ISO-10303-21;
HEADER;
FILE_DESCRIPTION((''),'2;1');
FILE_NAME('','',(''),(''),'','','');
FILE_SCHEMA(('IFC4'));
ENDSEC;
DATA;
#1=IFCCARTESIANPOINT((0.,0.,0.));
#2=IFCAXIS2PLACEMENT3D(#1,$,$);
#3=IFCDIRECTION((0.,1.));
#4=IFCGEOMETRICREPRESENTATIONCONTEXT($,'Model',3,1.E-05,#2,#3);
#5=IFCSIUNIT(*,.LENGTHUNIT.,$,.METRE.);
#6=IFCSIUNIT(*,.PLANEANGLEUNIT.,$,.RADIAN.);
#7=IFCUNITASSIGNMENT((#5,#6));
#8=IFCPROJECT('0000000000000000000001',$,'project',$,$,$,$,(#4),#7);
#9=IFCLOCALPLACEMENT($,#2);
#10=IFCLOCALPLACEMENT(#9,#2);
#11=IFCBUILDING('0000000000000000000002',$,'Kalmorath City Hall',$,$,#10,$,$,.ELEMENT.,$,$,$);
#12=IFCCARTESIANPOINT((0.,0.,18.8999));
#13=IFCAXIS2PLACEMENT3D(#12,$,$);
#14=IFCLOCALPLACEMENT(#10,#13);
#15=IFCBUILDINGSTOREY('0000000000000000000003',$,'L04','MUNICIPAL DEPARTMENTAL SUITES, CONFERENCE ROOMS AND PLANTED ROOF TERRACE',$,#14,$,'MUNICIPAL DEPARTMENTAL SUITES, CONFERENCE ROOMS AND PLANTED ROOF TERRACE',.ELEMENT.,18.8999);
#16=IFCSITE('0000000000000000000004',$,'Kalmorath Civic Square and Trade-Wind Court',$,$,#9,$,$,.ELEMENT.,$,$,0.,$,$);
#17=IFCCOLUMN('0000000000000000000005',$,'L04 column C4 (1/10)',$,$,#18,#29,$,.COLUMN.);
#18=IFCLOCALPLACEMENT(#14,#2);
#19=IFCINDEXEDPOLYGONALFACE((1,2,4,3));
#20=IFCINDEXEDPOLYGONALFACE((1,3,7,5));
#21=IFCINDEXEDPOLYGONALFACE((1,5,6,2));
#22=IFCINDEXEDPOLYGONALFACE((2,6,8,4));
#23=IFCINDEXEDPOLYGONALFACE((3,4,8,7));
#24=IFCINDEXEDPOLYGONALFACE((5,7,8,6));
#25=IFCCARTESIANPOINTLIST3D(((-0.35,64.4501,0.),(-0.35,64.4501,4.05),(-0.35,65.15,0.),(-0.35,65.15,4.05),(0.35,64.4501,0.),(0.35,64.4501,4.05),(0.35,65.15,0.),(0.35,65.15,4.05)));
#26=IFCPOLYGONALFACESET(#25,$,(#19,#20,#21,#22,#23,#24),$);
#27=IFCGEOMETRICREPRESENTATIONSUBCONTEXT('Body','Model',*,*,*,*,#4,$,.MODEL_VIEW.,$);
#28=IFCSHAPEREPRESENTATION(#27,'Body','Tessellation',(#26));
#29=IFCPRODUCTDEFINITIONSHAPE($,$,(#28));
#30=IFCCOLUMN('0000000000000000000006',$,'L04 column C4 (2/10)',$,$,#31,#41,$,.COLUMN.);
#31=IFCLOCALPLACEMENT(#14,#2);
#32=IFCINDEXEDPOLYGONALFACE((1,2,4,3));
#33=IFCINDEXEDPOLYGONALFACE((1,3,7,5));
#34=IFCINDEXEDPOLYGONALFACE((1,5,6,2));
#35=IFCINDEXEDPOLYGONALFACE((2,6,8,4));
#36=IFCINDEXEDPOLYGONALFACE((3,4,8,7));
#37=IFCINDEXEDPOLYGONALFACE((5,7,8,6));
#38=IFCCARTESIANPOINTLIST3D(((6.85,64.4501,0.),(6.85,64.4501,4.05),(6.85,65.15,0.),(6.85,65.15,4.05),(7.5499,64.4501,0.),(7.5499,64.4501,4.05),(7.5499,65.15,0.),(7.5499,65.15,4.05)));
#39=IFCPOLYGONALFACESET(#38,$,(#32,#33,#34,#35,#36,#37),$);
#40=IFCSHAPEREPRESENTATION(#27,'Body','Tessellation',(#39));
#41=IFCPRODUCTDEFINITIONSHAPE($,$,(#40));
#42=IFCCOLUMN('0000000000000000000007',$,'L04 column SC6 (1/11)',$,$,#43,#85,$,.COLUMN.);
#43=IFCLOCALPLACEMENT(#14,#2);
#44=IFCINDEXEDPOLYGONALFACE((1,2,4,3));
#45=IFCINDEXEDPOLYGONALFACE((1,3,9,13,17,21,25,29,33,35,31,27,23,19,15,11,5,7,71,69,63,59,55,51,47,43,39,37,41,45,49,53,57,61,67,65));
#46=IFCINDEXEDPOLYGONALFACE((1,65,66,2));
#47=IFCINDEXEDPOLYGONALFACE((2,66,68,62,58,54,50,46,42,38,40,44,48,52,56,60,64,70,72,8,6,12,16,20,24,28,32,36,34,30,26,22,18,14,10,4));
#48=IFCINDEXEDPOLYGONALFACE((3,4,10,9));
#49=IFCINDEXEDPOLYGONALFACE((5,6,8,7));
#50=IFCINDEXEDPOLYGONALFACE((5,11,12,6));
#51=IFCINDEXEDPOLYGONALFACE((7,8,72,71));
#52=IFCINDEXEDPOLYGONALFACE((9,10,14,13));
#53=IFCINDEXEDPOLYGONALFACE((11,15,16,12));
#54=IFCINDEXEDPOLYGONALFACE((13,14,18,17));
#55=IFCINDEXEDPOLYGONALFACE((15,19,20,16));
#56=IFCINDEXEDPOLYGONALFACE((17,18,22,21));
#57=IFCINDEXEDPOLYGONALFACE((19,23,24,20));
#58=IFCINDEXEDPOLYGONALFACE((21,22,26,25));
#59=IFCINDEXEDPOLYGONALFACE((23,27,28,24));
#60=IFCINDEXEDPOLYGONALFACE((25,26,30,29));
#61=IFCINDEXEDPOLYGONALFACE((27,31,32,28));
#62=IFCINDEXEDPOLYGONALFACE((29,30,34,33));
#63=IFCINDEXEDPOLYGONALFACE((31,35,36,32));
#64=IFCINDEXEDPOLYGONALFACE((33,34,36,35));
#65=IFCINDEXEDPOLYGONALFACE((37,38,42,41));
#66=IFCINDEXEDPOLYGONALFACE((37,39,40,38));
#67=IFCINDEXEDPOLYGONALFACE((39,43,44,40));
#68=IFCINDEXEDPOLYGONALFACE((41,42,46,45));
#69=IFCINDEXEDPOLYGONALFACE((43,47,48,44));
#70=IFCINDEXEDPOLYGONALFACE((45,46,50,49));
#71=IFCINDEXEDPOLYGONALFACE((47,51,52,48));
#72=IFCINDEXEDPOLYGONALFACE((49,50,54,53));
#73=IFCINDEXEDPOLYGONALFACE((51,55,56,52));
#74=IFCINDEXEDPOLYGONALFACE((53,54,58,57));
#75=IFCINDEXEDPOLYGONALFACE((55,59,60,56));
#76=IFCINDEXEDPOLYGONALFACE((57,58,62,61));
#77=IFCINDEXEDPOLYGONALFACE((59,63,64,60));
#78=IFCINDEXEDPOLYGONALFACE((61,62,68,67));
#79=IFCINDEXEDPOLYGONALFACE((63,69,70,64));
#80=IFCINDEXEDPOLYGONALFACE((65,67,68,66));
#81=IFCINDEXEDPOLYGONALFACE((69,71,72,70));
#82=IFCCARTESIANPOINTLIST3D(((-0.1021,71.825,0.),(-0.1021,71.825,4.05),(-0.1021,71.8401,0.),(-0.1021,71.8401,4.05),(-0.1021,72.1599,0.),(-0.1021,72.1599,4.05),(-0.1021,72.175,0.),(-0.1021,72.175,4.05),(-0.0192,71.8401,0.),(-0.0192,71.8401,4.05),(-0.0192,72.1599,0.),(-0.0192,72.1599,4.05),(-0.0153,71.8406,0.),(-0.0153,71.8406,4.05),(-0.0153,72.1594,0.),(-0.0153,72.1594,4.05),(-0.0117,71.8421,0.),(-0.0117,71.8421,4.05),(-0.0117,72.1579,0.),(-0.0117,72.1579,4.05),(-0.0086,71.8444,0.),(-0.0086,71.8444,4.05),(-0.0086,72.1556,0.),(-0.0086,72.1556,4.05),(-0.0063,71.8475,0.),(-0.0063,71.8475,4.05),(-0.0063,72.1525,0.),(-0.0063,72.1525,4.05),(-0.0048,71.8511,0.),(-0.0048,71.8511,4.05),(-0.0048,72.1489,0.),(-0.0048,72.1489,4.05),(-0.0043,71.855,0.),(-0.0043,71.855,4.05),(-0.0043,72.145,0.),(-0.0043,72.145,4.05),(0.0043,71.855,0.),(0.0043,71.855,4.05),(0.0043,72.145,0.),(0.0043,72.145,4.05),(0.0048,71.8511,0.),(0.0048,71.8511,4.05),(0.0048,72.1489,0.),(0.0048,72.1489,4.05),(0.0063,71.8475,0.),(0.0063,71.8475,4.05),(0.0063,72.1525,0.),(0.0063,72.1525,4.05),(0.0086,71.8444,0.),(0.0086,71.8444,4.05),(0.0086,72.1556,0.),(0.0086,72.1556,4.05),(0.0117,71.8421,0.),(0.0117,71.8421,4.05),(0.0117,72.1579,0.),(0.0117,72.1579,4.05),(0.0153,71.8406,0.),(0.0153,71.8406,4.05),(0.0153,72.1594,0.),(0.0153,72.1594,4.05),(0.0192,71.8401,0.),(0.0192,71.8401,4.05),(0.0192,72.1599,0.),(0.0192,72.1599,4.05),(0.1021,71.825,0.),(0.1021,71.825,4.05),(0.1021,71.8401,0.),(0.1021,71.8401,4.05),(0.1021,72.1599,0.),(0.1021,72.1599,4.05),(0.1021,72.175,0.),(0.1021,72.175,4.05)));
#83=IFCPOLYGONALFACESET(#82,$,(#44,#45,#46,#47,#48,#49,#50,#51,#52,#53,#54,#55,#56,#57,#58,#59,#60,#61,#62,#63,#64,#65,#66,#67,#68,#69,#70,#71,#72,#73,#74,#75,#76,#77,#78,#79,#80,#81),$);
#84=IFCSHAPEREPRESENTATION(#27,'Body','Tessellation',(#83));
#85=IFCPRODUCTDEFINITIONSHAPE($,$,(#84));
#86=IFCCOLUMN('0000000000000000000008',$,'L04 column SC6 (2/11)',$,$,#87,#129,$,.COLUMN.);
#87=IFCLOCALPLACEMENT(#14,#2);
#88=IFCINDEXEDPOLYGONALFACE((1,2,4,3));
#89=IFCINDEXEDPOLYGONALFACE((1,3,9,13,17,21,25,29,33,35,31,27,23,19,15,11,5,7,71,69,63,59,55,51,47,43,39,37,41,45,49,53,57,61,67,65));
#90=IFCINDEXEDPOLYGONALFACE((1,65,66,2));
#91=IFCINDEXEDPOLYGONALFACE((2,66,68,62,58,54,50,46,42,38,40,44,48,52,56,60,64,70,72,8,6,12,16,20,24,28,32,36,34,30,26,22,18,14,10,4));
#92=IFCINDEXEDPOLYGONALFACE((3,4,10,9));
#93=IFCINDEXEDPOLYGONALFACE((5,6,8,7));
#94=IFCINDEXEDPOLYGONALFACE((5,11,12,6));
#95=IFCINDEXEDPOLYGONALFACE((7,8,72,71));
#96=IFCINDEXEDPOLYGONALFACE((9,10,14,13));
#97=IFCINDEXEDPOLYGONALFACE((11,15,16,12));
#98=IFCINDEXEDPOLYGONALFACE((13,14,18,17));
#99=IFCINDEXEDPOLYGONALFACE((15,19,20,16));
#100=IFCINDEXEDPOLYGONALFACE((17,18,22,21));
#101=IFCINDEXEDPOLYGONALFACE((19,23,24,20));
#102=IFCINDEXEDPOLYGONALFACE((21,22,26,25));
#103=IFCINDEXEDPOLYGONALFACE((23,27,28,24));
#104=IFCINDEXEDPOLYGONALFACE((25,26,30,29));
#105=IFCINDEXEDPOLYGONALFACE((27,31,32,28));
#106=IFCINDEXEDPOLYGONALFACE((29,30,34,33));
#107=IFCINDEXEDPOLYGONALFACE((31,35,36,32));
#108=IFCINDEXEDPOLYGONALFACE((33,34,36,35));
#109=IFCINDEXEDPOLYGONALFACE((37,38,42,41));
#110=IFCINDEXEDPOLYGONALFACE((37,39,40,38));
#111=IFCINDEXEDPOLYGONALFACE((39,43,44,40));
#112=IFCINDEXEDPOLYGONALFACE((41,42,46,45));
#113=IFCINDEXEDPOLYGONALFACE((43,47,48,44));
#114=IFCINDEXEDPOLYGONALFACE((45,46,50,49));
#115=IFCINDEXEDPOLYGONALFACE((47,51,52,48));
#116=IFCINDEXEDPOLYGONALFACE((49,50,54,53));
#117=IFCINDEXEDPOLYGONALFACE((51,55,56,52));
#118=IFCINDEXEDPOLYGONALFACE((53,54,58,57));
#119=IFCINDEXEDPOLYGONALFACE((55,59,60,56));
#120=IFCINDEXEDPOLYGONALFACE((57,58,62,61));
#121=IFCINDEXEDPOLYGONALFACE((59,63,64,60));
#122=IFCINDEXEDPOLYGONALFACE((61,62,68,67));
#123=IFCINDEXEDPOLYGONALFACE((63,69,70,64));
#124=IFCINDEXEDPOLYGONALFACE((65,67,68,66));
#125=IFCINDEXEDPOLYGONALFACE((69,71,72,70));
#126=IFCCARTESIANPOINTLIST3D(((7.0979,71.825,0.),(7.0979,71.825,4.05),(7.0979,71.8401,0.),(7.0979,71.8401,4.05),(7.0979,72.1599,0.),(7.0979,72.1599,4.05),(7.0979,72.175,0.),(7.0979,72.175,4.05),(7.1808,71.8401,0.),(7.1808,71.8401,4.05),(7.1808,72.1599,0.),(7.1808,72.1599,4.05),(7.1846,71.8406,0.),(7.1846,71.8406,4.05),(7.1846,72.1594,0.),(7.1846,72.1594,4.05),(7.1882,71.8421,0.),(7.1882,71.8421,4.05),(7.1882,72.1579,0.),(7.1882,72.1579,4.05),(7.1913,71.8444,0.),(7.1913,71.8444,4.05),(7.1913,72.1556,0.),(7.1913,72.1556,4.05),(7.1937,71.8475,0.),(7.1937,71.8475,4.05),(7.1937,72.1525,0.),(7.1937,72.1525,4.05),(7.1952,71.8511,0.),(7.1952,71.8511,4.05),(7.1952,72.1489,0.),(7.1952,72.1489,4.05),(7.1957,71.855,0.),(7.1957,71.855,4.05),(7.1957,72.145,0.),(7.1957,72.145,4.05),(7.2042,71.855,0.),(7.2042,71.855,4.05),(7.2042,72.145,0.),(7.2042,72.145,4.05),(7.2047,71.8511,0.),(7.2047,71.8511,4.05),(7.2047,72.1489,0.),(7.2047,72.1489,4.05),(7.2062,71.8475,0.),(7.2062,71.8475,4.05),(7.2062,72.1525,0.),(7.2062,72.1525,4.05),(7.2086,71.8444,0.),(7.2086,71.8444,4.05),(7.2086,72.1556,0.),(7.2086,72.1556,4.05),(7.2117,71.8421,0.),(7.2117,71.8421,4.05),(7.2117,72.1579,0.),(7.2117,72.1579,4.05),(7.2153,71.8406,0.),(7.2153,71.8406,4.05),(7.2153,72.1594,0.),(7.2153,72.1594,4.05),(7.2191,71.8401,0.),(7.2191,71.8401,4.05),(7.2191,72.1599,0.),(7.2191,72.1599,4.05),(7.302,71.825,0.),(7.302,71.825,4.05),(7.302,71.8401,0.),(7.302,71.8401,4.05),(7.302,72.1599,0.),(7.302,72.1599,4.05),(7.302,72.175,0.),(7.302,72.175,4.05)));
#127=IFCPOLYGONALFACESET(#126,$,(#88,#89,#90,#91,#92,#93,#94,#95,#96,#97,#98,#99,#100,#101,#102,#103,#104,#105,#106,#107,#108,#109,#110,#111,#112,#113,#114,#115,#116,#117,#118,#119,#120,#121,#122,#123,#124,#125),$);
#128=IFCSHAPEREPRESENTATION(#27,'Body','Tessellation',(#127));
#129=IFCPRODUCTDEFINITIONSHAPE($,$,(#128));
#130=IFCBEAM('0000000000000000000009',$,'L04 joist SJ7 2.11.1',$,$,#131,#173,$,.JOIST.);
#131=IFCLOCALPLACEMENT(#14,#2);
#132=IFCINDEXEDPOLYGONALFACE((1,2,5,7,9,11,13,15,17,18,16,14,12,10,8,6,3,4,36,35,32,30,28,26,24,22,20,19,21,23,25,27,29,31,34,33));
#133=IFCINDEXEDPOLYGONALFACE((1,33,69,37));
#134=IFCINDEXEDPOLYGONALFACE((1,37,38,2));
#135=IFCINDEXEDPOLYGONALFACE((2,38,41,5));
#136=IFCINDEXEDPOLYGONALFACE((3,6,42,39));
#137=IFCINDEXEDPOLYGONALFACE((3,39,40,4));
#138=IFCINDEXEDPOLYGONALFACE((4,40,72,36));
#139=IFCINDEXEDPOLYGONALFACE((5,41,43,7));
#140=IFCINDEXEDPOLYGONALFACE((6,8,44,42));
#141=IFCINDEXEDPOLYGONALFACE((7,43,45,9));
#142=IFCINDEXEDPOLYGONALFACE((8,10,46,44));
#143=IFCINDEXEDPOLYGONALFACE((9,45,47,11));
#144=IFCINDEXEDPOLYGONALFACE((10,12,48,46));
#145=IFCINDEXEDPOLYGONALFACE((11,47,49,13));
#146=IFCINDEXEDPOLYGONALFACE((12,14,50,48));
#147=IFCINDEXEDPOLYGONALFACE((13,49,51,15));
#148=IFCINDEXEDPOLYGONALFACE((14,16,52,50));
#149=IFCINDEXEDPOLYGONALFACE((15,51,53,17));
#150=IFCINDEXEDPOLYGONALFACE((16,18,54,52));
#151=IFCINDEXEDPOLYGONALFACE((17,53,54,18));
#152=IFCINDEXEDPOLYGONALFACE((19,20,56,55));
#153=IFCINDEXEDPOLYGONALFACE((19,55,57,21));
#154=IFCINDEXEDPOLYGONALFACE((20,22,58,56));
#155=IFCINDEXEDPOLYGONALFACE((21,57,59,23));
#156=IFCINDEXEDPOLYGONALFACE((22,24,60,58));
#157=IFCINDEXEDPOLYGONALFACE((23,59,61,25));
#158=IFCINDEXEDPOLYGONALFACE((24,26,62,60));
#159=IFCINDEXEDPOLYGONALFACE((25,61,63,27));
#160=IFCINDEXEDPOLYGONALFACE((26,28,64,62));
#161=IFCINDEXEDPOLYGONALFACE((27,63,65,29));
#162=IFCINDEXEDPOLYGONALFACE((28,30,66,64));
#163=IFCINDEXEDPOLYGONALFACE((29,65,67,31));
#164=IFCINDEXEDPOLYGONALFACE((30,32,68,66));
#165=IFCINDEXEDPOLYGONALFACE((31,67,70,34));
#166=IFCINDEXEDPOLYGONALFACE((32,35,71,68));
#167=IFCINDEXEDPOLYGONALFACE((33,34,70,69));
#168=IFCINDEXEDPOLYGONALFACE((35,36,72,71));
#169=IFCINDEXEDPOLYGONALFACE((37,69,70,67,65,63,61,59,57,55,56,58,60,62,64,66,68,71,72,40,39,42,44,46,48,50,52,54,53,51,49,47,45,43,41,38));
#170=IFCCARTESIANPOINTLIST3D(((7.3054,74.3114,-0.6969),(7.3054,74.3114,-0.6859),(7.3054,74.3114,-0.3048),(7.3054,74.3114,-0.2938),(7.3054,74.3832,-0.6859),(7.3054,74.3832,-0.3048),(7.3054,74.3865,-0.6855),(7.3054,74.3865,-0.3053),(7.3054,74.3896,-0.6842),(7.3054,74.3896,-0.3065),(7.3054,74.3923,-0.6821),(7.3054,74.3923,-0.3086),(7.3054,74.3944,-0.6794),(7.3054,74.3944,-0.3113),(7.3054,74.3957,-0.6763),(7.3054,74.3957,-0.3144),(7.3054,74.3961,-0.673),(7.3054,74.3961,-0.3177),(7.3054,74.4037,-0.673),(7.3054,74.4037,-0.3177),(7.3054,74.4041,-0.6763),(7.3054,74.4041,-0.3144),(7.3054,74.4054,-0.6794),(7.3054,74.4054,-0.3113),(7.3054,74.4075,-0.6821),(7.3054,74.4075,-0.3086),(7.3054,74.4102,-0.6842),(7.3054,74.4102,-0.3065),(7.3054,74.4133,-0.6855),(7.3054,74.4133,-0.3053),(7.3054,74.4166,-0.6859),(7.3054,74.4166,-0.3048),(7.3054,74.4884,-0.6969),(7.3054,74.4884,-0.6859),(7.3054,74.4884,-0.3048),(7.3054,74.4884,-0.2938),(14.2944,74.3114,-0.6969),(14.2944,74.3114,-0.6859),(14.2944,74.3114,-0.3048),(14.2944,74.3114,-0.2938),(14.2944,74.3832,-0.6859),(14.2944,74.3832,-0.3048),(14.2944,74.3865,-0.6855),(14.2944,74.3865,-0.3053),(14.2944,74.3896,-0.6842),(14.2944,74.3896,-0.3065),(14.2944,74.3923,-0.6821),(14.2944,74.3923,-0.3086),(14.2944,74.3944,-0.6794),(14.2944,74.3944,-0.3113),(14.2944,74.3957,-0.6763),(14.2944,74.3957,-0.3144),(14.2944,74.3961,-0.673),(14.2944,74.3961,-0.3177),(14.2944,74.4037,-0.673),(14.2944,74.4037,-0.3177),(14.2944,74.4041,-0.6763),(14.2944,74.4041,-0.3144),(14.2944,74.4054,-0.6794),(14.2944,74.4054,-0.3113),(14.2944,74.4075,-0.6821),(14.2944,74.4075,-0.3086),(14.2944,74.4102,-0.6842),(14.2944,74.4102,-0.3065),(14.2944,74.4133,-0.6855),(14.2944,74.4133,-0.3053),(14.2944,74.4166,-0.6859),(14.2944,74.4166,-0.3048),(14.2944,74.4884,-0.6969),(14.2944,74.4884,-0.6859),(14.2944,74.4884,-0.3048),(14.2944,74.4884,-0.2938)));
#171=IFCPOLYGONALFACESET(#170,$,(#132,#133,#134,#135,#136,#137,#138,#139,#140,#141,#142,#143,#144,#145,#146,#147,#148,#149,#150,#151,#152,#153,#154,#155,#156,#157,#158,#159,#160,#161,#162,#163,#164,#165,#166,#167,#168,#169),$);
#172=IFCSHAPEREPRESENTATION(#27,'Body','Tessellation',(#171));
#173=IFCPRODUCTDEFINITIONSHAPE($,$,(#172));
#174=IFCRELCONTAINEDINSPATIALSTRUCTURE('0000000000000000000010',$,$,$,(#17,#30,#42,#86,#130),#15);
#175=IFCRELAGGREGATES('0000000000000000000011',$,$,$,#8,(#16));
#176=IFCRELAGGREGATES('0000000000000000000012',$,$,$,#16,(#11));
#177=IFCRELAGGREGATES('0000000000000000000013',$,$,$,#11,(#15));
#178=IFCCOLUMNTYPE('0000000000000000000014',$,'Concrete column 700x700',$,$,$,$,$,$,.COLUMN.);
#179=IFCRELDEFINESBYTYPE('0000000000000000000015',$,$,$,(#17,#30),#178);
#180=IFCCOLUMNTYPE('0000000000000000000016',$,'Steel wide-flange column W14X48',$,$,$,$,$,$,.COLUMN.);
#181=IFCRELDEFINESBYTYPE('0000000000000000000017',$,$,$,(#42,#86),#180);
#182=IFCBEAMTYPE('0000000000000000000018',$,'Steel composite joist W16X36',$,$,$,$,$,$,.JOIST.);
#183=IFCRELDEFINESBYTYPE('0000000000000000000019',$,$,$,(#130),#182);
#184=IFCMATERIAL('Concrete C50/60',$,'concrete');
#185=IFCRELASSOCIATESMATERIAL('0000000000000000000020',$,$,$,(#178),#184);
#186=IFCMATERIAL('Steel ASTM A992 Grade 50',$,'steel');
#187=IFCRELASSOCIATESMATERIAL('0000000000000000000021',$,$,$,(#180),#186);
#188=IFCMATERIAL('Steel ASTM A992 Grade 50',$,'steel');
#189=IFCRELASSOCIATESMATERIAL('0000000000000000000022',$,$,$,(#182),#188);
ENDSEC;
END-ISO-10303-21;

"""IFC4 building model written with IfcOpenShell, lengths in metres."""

from ifc_helpers import new_model, si_unit, direction, frame, origin, origin_2d, place, context, subcontext, project, spatial, rectangle, i_section, extrude, material, material_profile, profile_set, type_object, element, save


model = new_model("IFC4")

# Units and contexts
model_context = context("Model", 3, precision=1e-05, world=origin(), true_north=direction((0.0, 1.0)))
body_context = subcontext(model_context, "Body", "Model", "MODEL_VIEW")
ifc_project = project(units=[si_unit("LENGTHUNIT", "METRE"), si_unit("PLANEANGLEUNIT", "RADIAN")], contexts=[model_context])

# Site, building, storey
site_placement = place(None, origin())
site = spatial("IfcSite", under=ifc_project, at=site_placement, Name="Kalmorath Civic Square and Trade-Wind Court", CompositionType="ELEMENT", RefElevation=0.0)
building_placement = place(site_placement, origin())
building = spatial("IfcBuilding", under=site, at=building_placement, Name="Kalmorath City Hall", CompositionType="ELEMENT")
storey_placement = place(building_placement, frame((0.0, 0.0, 18.8999)))
storey = spatial("IfcBuildingStorey", under=building, at=storey_placement, Name="L04", Description="MUNICIPAL DEPARTMENTAL SUITES, CONFERENCE ROOMS AND PLANTED ROOF TERRACE", LongName="MUNICIPAL DEPARTMENTAL SUITES, CONFERENCE ROOMS AND PLANTED ROOF TERRACE", CompositionType="ELEMENT", Elevation=18.8999)

# Columns
ifc_material_1 = material(Name="Concrete C50/60", Category="concrete")
ifc_material_profile_1 = material_profile(ifc_material_1, rectangle(XDim=0.7, YDim=0.7, at=origin_2d()), Name="RC-COL-700X700")
ifc_profile_set_1 = profile_set([ifc_material_profile_1], Name="Concrete C50/60")
column_type_1 = type_object("IfcColumnType", Name="Concrete column 700x700", PredefinedType="COLUMN", material=ifc_profile_set_1)
for number, where, z_axis, x_axis, name in (
    (1, (0.0, 64.8, 0.0), (0.0, 0.0, 1.0), (1.0, 0.0, 0.0), "L04 column C4 (1/10)"),
    (2, (7.2, 64.8, 0.0), (0.0, 0.0, 1.0), (1.0, 0.0, 0.0), "L04 column C4 (2/10)"),
):
    element("IfcColumn", number, at=place(storey_placement, frame(where, z_axis=z_axis, x_axis=x_axis)), inside=storey, type_object=column_type_1, Name=name, PredefinedType="COLUMN", context=body_context, shape_type="SweptSolid", body=[
        extrude(rectangle(XDim=0.7, YDim=0.7, at=origin_2d()), origin(), (0.0, 0.0, 1.0), 4.05),
    ])
ifc_material_2 = material(Name="Steel ASTM A992 Grade 50", Category="steel")
ifc_material_profile_2 = material_profile(ifc_material_2, i_section(OverallWidth=0.2041, OverallDepth=0.3501, WebThickness=0.0085, FlangeThickness=0.0151, FilletRadius=0.0149, at=origin_2d()), Name="W14X48")
ifc_profile_set_2 = profile_set([ifc_material_profile_2], Name="Steel ASTM A992 Grade 50")
column_type_2 = type_object("IfcColumnType", Name="Steel wide-flange column W14X48", PredefinedType="COLUMN", material=ifc_profile_set_2)
for number, where, z_axis, x_axis, name in (
    (3, (0.0, 72.0, 0.0), (0.0, 0.0, 1.0), (1.0, 0.0, 0.0), "L04 column SC6 (1/11)"),
    (4, (7.2, 72.0, 0.0), (0.0, 0.0, 1.0), (1.0, 0.0, 0.0), "L04 column SC6 (2/11)"),
):
    element("IfcColumn", number, at=place(storey_placement, frame(where, z_axis=z_axis, x_axis=x_axis)), inside=storey, type_object=column_type_2, Name=name, PredefinedType="COLUMN", context=body_context, shape_type="SweptSolid", body=[
        extrude(i_section(OverallWidth=0.2041, OverallDepth=0.3501, WebThickness=0.0085, FlangeThickness=0.0151, FilletRadius=0.0149, at=origin_2d()), origin(), (0.0, 0.0, 1.0), 4.05),
    ])

# Beam
ifc_material_3 = material(Name="Steel ASTM A992 Grade 50", Category="steel")
ifc_material_profile_3 = material_profile(ifc_material_3, i_section(OverallWidth=0.177, OverallDepth=0.4031, WebThickness=0.0076, FlangeThickness=0.011, FilletRadius=0.0129, at=origin_2d()), Name="W16X36")
ifc_profile_set_3 = profile_set([ifc_material_profile_3], Name="Steel ASTM A992 Grade 50")
beam_type_1 = type_object("IfcBeamType", Name="Steel composite joist W16X36", PredefinedType="JOIST", material=ifc_profile_set_3)
beam_1_placement = place(storey_placement, frame((7.3054, 74.3999, -0.4954), z_axis=(1.0, 0.0, 0.0), x_axis=(0.0, 1.0, 0.0)))
element("IfcBeam", 5, at=beam_1_placement, inside=storey, type_object=beam_type_1, Name="L04 joist SJ7 2.11.1", PredefinedType="JOIST", context=body_context, shape_type="SweptSolid", body=[
    extrude(i_section(OverallWidth=0.177, OverallDepth=0.4031, WebThickness=0.0076, FlangeThickness=0.011, FilletRadius=0.0129, at=origin_2d()), origin(), (0.0, 0.0, 1.0), 6.989),
])

save(model, "model.ifc")
